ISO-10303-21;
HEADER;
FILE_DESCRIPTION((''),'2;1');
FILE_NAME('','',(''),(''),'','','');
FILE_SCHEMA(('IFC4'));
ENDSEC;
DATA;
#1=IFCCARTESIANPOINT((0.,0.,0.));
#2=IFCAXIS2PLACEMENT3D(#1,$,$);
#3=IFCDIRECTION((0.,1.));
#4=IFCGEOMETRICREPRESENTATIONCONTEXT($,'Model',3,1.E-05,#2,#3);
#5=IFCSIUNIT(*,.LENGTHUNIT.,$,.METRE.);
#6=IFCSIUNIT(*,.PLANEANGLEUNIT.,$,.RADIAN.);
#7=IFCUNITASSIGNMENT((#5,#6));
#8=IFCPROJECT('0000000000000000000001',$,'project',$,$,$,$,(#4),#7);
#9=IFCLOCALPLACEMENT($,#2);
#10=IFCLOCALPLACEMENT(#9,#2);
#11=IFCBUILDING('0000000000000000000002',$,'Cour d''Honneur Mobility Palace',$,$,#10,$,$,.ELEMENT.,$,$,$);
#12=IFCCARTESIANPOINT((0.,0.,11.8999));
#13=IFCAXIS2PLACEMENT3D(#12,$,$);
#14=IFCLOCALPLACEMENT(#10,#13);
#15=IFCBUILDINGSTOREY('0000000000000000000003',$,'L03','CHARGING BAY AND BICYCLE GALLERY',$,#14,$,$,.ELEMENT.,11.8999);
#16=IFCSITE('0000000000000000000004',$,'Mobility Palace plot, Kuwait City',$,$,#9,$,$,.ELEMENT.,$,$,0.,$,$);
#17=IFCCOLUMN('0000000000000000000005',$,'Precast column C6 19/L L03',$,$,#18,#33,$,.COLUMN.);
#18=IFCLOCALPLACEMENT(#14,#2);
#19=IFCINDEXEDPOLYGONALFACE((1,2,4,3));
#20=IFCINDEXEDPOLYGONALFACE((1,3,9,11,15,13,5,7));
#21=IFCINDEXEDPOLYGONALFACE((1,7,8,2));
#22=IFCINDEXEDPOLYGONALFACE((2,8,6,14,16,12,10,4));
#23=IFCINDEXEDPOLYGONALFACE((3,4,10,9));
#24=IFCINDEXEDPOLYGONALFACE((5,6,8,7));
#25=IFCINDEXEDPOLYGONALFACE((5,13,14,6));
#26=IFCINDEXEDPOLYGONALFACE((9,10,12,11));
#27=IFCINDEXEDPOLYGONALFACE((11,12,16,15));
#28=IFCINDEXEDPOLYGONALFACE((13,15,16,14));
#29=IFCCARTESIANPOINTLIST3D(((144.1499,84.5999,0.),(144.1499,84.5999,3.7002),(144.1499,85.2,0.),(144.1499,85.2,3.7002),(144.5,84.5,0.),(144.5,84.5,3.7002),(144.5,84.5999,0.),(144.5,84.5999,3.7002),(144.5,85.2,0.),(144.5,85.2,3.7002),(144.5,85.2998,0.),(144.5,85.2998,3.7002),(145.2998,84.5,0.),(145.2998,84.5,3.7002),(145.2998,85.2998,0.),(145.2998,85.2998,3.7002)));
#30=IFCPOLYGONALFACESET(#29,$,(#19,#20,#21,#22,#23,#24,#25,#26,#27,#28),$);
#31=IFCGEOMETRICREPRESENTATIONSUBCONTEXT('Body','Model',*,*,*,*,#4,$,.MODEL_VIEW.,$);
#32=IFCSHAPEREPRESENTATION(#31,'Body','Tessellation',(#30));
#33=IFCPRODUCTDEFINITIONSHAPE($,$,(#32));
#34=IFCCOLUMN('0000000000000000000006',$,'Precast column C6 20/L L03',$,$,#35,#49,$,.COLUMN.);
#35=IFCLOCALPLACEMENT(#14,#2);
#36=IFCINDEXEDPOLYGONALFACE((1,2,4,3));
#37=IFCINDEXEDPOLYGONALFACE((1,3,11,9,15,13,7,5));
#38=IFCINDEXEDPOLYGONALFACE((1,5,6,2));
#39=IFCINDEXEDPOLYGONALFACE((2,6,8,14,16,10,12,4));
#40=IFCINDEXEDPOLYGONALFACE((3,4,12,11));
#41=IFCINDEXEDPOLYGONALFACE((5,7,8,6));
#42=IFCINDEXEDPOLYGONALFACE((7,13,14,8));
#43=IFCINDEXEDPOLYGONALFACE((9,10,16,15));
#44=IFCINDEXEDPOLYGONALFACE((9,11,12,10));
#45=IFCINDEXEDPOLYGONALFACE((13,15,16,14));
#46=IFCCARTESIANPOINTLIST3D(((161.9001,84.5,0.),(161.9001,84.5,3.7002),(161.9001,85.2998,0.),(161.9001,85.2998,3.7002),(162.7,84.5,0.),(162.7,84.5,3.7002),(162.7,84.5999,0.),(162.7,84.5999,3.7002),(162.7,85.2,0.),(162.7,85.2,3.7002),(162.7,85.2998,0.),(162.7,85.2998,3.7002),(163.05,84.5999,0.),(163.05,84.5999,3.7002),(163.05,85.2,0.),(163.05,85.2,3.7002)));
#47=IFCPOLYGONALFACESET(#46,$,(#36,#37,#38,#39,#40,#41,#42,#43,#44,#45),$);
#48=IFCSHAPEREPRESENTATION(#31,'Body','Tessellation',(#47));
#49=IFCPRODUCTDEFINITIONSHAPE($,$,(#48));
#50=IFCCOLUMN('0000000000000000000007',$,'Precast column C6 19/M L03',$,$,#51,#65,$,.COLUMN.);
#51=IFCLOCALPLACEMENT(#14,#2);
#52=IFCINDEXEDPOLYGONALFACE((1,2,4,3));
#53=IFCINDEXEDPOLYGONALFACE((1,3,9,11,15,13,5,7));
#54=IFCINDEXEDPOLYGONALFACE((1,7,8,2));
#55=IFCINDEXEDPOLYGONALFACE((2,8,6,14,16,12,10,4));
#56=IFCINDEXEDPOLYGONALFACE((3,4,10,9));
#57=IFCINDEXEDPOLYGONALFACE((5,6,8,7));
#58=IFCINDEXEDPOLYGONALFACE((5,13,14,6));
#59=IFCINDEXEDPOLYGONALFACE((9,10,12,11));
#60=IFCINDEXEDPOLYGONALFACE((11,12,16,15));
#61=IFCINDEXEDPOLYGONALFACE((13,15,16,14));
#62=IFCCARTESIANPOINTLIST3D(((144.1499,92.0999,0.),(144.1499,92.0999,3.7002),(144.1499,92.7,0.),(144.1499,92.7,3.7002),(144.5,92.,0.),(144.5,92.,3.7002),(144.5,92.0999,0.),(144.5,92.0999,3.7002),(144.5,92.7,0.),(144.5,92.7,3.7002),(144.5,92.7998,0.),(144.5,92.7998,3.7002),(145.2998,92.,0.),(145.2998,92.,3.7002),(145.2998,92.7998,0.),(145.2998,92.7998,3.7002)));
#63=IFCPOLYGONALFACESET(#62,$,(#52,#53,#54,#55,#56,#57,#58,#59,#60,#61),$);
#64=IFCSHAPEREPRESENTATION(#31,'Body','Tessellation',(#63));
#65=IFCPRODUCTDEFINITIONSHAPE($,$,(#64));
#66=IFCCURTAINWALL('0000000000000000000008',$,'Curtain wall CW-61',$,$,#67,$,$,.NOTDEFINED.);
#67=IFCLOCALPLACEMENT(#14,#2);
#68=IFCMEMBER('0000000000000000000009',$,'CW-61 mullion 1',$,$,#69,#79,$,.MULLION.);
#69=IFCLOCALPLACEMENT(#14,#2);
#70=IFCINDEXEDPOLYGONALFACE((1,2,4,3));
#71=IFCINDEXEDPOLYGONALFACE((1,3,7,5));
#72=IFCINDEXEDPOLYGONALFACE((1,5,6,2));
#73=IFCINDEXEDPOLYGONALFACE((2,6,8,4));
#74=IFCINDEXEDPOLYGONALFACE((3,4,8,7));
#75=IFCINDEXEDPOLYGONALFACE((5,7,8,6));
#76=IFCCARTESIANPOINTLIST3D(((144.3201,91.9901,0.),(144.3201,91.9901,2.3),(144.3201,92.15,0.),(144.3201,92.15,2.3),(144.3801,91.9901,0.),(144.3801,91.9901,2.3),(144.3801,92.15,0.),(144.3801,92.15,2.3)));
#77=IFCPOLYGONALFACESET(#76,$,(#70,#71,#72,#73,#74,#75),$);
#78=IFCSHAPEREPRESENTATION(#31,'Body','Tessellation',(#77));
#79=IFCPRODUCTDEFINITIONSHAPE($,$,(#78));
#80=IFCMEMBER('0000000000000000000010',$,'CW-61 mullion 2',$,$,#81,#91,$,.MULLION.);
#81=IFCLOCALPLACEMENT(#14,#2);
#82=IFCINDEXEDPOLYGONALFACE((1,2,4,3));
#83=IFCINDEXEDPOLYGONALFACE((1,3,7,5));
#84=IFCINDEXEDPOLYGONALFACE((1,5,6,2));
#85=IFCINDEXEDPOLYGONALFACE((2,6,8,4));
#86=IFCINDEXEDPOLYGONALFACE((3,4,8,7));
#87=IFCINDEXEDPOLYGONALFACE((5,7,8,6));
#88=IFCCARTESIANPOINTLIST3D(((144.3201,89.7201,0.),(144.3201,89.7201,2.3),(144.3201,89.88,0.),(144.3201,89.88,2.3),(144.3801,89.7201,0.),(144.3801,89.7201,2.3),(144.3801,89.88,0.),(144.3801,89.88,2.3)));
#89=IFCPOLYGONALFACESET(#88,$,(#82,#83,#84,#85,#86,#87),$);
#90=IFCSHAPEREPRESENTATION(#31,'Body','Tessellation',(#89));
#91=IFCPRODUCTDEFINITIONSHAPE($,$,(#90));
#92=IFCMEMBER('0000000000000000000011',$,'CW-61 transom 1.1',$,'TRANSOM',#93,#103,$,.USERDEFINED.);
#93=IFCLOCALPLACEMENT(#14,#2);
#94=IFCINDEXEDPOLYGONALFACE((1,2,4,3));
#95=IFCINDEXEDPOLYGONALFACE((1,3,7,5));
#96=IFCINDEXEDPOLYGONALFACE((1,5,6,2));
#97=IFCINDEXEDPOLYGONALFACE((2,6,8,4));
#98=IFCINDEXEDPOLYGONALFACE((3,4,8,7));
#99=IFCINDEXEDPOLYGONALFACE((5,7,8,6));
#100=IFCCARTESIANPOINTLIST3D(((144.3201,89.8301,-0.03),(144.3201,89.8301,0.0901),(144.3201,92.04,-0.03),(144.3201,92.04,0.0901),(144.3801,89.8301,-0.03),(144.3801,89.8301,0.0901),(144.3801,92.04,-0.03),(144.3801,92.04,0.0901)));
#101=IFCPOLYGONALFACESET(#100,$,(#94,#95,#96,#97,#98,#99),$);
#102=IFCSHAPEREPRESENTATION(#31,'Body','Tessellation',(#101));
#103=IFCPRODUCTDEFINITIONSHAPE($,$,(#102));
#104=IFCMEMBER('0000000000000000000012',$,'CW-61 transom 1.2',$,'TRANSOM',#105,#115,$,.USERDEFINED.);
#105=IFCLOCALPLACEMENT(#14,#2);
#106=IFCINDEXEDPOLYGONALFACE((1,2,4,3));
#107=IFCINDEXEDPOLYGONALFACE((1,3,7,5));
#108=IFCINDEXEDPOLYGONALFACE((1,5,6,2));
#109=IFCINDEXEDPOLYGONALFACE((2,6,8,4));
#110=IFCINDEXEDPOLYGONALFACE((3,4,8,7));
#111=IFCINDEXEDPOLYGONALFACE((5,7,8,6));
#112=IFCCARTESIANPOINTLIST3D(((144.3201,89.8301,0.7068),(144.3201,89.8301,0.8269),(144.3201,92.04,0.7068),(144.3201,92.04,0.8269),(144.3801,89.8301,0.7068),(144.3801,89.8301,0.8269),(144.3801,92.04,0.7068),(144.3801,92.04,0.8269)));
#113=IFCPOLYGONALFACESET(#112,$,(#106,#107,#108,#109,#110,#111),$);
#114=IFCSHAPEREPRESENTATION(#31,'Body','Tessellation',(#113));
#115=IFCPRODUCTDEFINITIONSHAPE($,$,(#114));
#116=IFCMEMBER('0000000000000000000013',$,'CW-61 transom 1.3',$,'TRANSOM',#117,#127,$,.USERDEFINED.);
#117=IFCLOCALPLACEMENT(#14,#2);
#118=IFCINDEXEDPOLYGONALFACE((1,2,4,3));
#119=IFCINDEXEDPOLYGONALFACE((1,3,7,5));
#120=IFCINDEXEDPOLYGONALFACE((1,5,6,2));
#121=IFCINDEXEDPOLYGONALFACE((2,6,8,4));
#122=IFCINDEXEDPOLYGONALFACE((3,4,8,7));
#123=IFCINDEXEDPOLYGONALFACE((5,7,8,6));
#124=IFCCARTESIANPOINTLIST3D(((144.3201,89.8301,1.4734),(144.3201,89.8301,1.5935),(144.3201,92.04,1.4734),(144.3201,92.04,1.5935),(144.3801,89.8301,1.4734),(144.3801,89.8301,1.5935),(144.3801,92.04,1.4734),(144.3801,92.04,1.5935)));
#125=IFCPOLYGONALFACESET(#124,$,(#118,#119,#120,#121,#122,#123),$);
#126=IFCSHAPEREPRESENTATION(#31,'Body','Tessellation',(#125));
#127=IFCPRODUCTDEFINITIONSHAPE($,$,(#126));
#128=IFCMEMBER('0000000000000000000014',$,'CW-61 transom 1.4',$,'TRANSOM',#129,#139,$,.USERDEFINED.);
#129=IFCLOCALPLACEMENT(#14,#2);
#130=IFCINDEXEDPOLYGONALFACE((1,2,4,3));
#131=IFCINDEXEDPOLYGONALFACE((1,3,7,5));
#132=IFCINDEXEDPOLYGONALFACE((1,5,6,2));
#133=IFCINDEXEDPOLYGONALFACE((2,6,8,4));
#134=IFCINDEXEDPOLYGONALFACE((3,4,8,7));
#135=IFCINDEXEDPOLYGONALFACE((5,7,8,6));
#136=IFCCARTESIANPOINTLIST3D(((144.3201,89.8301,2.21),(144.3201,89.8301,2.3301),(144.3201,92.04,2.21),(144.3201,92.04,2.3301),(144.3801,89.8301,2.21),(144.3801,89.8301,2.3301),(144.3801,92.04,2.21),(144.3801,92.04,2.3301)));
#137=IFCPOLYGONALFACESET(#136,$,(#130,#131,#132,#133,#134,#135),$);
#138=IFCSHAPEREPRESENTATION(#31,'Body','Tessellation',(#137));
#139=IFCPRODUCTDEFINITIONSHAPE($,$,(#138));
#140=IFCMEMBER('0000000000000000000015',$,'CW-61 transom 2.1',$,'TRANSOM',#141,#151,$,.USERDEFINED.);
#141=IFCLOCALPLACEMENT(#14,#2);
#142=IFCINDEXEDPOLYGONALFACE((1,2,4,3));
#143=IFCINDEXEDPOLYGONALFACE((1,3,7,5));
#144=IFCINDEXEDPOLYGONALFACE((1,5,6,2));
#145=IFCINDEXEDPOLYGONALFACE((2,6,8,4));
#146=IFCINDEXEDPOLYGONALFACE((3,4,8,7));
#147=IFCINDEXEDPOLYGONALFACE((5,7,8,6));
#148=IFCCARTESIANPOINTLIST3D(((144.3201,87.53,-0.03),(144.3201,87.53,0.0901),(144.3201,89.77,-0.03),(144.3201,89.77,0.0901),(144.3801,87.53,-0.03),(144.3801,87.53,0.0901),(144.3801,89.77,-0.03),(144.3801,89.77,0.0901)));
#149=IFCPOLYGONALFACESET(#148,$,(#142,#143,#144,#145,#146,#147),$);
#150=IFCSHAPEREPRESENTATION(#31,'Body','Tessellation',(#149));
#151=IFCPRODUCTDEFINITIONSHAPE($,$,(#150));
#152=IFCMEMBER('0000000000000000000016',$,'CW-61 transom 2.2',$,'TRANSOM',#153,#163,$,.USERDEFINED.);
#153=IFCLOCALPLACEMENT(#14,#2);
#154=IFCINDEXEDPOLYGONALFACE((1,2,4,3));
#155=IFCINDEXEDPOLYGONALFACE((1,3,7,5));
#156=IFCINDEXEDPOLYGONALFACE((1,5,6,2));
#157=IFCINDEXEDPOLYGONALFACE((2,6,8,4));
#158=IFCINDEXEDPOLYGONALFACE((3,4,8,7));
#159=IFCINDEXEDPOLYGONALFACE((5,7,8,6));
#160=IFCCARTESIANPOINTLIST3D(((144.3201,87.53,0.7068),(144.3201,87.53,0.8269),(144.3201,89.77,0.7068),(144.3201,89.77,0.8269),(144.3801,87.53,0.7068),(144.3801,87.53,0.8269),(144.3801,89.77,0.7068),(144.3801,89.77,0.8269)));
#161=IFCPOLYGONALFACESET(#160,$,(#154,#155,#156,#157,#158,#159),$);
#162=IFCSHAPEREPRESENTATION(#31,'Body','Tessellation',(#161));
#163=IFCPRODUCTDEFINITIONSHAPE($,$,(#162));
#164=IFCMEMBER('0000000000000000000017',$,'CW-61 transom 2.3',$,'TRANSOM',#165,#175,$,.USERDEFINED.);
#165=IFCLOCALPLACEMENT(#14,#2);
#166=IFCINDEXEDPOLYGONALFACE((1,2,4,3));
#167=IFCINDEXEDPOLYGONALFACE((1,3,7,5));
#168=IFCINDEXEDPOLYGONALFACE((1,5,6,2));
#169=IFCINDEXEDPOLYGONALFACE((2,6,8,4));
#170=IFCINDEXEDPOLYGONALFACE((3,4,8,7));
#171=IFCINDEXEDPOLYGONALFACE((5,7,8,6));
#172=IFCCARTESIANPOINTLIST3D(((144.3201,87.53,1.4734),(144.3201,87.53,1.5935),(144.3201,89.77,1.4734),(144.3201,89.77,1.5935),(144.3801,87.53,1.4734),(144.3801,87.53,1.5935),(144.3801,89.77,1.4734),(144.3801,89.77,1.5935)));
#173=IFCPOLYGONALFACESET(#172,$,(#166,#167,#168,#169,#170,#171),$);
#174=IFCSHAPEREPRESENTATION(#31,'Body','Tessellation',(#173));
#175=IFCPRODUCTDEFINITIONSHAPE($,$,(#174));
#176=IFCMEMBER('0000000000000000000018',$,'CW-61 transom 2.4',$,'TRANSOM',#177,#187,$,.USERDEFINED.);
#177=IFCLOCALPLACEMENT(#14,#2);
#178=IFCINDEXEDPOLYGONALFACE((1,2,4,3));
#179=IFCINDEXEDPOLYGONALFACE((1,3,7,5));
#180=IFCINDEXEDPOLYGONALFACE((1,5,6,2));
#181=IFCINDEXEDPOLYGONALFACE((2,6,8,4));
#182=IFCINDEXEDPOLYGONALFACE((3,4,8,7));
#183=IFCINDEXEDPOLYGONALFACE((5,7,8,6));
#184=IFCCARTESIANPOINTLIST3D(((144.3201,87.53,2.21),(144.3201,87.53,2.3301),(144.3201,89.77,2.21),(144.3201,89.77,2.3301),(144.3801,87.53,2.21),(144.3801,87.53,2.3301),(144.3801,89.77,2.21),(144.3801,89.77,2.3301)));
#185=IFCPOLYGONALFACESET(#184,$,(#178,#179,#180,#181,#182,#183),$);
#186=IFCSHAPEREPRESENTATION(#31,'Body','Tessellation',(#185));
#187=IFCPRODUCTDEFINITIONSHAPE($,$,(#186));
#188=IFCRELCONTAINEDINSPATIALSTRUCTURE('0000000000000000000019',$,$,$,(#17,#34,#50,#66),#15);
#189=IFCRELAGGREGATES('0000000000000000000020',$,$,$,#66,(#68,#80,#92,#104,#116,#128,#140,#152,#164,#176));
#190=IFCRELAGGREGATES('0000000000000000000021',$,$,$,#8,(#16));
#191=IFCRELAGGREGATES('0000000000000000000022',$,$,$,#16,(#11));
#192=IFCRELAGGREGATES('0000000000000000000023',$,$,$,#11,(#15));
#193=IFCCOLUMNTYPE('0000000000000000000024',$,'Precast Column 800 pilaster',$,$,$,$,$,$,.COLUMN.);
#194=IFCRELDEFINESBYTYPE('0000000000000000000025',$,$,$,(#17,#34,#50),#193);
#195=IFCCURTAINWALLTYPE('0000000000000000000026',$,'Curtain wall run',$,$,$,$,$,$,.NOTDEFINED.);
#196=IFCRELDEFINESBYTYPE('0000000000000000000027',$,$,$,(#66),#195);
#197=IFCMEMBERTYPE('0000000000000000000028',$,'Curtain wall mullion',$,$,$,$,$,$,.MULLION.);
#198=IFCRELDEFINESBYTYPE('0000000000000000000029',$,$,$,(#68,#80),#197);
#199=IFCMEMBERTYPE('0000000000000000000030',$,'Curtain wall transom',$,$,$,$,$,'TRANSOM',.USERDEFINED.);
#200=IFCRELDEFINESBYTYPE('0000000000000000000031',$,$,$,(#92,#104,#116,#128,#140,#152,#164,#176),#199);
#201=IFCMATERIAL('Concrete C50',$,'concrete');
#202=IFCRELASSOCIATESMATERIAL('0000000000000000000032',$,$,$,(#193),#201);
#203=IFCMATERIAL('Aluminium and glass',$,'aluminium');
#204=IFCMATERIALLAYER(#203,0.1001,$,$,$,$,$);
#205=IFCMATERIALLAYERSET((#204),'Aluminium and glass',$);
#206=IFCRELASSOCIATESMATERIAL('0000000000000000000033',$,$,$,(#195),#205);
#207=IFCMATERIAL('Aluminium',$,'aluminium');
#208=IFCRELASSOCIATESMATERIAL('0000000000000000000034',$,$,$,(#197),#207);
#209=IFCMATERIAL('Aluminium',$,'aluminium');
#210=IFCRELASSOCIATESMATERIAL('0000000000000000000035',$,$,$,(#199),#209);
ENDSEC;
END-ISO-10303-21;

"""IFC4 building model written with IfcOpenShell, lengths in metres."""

from ifc_helpers import new_model, si_unit, direction, frame, origin, origin_2d, place, context, subcontext, project, spatial, polyline, rectangle, outline, extrude, material, layer, layer_set, material_profile, profile_set, type_object, element, aggregate, save


model = new_model("IFC4")

# Units and contexts
model_context = context("Model", 3, precision=1e-05, world=origin(), true_north=direction((0.0, 1.0)))
body_context = subcontext(model_context, "Body", "Model", "MODEL_VIEW")
ifc_project = project(units=[si_unit("LENGTHUNIT", "METRE"), si_unit("PLANEANGLEUNIT", "RADIAN")], contexts=[model_context])

# Site, building, storey
site_placement = place(None, origin())
site = spatial("IfcSite", under=ifc_project, at=site_placement, Name="Mobility Palace plot, Kuwait City", CompositionType="ELEMENT", RefElevation=0.0)
building_placement = place(site_placement, origin())
building = spatial("IfcBuilding", under=site, at=building_placement, Name="Cour d'Honneur Mobility Palace", CompositionType="ELEMENT")
storey_placement = place(building_placement, frame((0.0, 0.0, 11.8999)))
storey = spatial("IfcBuildingStorey", under=building, at=storey_placement, Name="L03", Description="CHARGING BAY AND BICYCLE GALLERY", CompositionType="ELEMENT", Elevation=11.8999)

# Columns
ifc_material_1 = material(Name="Concrete C50", Category="concrete")
ifc_material_profile_1 = material_profile(ifc_material_1, outline(polyline([(-0.3999, -0.3999), (0.3999, -0.3999), (0.3999, -0.3), (0.75, -0.3), (0.75, 0.3), (0.3999, 0.3), (0.3999, 0.3999), (-0.3999, 0.3999), (-0.3999, -0.3999)])), Name="PC C800 pilaster")
ifc_profile_set_1 = profile_set([ifc_material_profile_1], Name="Concrete C50")
column_type = type_object("IfcColumnType", Name="Precast Column 800 pilaster", PredefinedType="COLUMN", material=ifc_profile_set_1)
for number, where, z_axis, x_axis, name in (
    (1, (144.8999, 84.8999, 0.0), (0.0, 0.0, 1.0), (-1.0, 0.0, 0.0), "Precast column C6 19/L L03"),
    (2, (162.3, 84.8999, 0.0), (0.0, 0.0, 1.0), (1.0, 0.0, 0.0), "Precast column C6 20/L L03"),
    (3, (144.8999, 92.3999, 0.0), (0.0, 0.0, 1.0), (-1.0, 0.0, 0.0), "Precast column C6 19/M L03"),
):
    element("IfcColumn", number, at=place(storey_placement, frame(where, z_axis=z_axis, x_axis=x_axis)), inside=storey, type_object=column_type, Name=name, PredefinedType="COLUMN", context=body_context, shape_type="SweptSolid", body=[
        extrude(outline(polyline([(-0.3999, -0.3999), (0.3999, -0.3999), (0.3999, -0.3), (0.75, -0.3), (0.75, 0.3), (0.3999, 0.3), (0.3999, 0.3999), (-0.3999, 0.3999), (-0.3999, -0.3999)])), origin(), (0.0, 0.0, 1.0), 3.7002),
    ])

# Curtain wall, members
ifc_material_2 = material(Name="Aluminium and glass", Category="aluminium")
ifc_layer_1 = layer(ifc_material_2, 0.1001)
ifc_layer_set_1 = layer_set([ifc_layer_1], Name="Aluminium and glass")
curtain_wall_type = type_object("IfcCurtainWallType", Name="Curtain wall run", PredefinedType="NOTDEFINED", material=ifc_layer_set_1)
curtain_wall_placement = place(storey_placement, origin())
curtain_wall = element("IfcCurtainWall", 4, at=curtain_wall_placement, inside=storey, type_object=curtain_wall_type, Name="Curtain wall CW-61", PredefinedType="NOTDEFINED")
ifc_material_3 = material(Name="Aluminium", Category="aluminium")
ifc_material_profile_2 = material_profile(ifc_material_3, rectangle(XDim=0.0601, YDim=0.1599, at=origin_2d()), Name="Curtain wall mullion")
ifc_profile_set_2 = profile_set([ifc_material_profile_2], Name="Aluminium")
member_type_1 = type_object("IfcMemberType", Name="Curtain wall mullion", PredefinedType="MULLION", material=ifc_profile_set_2)
member_1_placement = place(storey_placement, frame((144.3501, 92.0701, 0.0), z_axis=(0.0, 0.0, 1.0), x_axis=(1.0, 0.0, 0.0)))
member_1 = element("IfcMember", 5, at=member_1_placement, type_object=member_type_1, Name="CW-61 mullion 1", PredefinedType="MULLION", context=body_context, shape_type="SweptSolid", body=[
    extrude(rectangle(XDim=0.0601, YDim=0.1599, at=origin_2d()), origin(), (0.0, 0.0, 1.0), 2.3),
])
member_2_placement = place(storey_placement, frame((144.3501, 89.8, 0.0), z_axis=(0.0, 0.0, 1.0), x_axis=(1.0, 0.0, 0.0)))
member_2 = element("IfcMember", 6, at=member_2_placement, type_object=member_type_1, Name="CW-61 mullion 2", PredefinedType="MULLION", context=body_context, shape_type="SweptSolid", body=[
    extrude(rectangle(XDim=0.0601, YDim=0.1599, at=origin_2d()), origin(), (0.0, 0.0, 1.0), 2.3),
])
ifc_material_4 = material(Name="Aluminium", Category="aluminium")
ifc_material_profile_3 = material_profile(ifc_material_4, rectangle(XDim=0.0601, YDim=0.1201, at=origin_2d()), Name="Curtain wall transom")
ifc_profile_set_3 = profile_set([ifc_material_profile_3], Name="Aluminium")
member_type_2 = type_object("IfcMemberType", Name="Curtain wall transom", ElementType="TRANSOM", PredefinedType="USERDEFINED", material=ifc_profile_set_3)
member_3_placement = place(storey_placement, frame((144.3501, 92.04, 0.03), z_axis=(0.0, -1.0, 0.0), x_axis=(1.0, 0.0, 0.0)))
member_3 = element("IfcMember", 7, at=member_3_placement, type_object=member_type_2, Name="CW-61 transom 1.1", ObjectType="TRANSOM", PredefinedType="USERDEFINED", context=body_context, shape_type="SweptSolid", body=[
    extrude(rectangle(XDim=0.0601, YDim=0.1201, at=origin_2d()), origin(), (0.0, 0.0, 1.0), 2.21),
])
member_4_placement = place(storey_placement, frame((144.3501, 92.04, 0.7668), z_axis=(0.0, -1.0, 0.0), x_axis=(1.0, 0.0, 0.0)))
member_4 = element("IfcMember", 8, at=member_4_placement, type_object=member_type_2, Name="CW-61 transom 1.2", ObjectType="TRANSOM", PredefinedType="USERDEFINED", context=body_context, shape_type="SweptSolid", body=[
    extrude(rectangle(XDim=0.0601, YDim=0.1201, at=origin_2d()), origin(), (0.0, 0.0, 1.0), 2.21),
])
member_5_placement = place(storey_placement, frame((144.3501, 92.04, 1.5334), z_axis=(0.0, -1.0, 0.0), x_axis=(1.0, 0.0, 0.0)))
member_5 = element("IfcMember", 9, at=member_5_placement, type_object=member_type_2, Name="CW-61 transom 1.3", ObjectType="TRANSOM", PredefinedType="USERDEFINED", context=body_context, shape_type="SweptSolid", body=[
    extrude(rectangle(XDim=0.0601, YDim=0.1201, at=origin_2d()), origin(), (0.0, 0.0, 1.0), 2.21),
])
member_6_placement = place(storey_placement, frame((144.3501, 92.04, 2.27), z_axis=(0.0, -1.0, 0.0), x_axis=(1.0, 0.0, 0.0)))
member_6 = element("IfcMember", 10, at=member_6_placement, type_object=member_type_2, Name="CW-61 transom 1.4", ObjectType="TRANSOM", PredefinedType="USERDEFINED", context=body_context, shape_type="SweptSolid", body=[
    extrude(rectangle(XDim=0.0601, YDim=0.1201, at=origin_2d()), origin(), (0.0, 0.0, 1.0), 2.21),
])
member_7_placement = place(storey_placement, frame((144.3501, 89.77, 0.03), z_axis=(0.0, -1.0, 0.0), x_axis=(1.0, 0.0, 0.0)))
member_7 = element("IfcMember", 11, at=member_7_placement, type_object=member_type_2, Name="CW-61 transom 2.1", ObjectType="TRANSOM", PredefinedType="USERDEFINED", context=body_context, shape_type="SweptSolid", body=[
    extrude(rectangle(XDim=0.0601, YDim=0.1201, at=origin_2d()), origin(), (0.0, 0.0, 1.0), 2.24),
])
member_8_placement = place(storey_placement, frame((144.3501, 89.77, 0.7668), z_axis=(0.0, -1.0, 0.0), x_axis=(1.0, 0.0, 0.0)))
member_8 = element("IfcMember", 12, at=member_8_placement, type_object=member_type_2, Name="CW-61 transom 2.2", ObjectType="TRANSOM", PredefinedType="USERDEFINED", context=body_context, shape_type="SweptSolid", body=[
    extrude(rectangle(XDim=0.0601, YDim=0.1201, at=origin_2d()), origin(), (0.0, 0.0, 1.0), 2.24),
])
member_9_placement = place(storey_placement, frame((144.3501, 89.77, 1.5334), z_axis=(0.0, -1.0, 0.0), x_axis=(1.0, 0.0, 0.0)))
member_9 = element("IfcMember", 13, at=member_9_placement, type_object=member_type_2, Name="CW-61 transom 2.3", ObjectType="TRANSOM", PredefinedType="USERDEFINED", context=body_context, shape_type="SweptSolid", body=[
    extrude(rectangle(XDim=0.0601, YDim=0.1201, at=origin_2d()), origin(), (0.0, 0.0, 1.0), 2.24),
])
member_10_placement = place(storey_placement, frame((144.3501, 89.77, 2.27), z_axis=(0.0, -1.0, 0.0), x_axis=(1.0, 0.0, 0.0)))
member_10 = element("IfcMember", 14, at=member_10_placement, type_object=member_type_2, Name="CW-61 transom 2.4", ObjectType="TRANSOM", PredefinedType="USERDEFINED", context=body_context, shape_type="SweptSolid", body=[
    extrude(rectangle(XDim=0.0601, YDim=0.1201, at=origin_2d()), origin(), (0.0, 0.0, 1.0), 2.24),
])

aggregate(curtain_wall, [member_1, member_2, member_3, member_4, member_5, member_6, member_7, member_8, member_9, member_10])

save(model, "model.ifc")
